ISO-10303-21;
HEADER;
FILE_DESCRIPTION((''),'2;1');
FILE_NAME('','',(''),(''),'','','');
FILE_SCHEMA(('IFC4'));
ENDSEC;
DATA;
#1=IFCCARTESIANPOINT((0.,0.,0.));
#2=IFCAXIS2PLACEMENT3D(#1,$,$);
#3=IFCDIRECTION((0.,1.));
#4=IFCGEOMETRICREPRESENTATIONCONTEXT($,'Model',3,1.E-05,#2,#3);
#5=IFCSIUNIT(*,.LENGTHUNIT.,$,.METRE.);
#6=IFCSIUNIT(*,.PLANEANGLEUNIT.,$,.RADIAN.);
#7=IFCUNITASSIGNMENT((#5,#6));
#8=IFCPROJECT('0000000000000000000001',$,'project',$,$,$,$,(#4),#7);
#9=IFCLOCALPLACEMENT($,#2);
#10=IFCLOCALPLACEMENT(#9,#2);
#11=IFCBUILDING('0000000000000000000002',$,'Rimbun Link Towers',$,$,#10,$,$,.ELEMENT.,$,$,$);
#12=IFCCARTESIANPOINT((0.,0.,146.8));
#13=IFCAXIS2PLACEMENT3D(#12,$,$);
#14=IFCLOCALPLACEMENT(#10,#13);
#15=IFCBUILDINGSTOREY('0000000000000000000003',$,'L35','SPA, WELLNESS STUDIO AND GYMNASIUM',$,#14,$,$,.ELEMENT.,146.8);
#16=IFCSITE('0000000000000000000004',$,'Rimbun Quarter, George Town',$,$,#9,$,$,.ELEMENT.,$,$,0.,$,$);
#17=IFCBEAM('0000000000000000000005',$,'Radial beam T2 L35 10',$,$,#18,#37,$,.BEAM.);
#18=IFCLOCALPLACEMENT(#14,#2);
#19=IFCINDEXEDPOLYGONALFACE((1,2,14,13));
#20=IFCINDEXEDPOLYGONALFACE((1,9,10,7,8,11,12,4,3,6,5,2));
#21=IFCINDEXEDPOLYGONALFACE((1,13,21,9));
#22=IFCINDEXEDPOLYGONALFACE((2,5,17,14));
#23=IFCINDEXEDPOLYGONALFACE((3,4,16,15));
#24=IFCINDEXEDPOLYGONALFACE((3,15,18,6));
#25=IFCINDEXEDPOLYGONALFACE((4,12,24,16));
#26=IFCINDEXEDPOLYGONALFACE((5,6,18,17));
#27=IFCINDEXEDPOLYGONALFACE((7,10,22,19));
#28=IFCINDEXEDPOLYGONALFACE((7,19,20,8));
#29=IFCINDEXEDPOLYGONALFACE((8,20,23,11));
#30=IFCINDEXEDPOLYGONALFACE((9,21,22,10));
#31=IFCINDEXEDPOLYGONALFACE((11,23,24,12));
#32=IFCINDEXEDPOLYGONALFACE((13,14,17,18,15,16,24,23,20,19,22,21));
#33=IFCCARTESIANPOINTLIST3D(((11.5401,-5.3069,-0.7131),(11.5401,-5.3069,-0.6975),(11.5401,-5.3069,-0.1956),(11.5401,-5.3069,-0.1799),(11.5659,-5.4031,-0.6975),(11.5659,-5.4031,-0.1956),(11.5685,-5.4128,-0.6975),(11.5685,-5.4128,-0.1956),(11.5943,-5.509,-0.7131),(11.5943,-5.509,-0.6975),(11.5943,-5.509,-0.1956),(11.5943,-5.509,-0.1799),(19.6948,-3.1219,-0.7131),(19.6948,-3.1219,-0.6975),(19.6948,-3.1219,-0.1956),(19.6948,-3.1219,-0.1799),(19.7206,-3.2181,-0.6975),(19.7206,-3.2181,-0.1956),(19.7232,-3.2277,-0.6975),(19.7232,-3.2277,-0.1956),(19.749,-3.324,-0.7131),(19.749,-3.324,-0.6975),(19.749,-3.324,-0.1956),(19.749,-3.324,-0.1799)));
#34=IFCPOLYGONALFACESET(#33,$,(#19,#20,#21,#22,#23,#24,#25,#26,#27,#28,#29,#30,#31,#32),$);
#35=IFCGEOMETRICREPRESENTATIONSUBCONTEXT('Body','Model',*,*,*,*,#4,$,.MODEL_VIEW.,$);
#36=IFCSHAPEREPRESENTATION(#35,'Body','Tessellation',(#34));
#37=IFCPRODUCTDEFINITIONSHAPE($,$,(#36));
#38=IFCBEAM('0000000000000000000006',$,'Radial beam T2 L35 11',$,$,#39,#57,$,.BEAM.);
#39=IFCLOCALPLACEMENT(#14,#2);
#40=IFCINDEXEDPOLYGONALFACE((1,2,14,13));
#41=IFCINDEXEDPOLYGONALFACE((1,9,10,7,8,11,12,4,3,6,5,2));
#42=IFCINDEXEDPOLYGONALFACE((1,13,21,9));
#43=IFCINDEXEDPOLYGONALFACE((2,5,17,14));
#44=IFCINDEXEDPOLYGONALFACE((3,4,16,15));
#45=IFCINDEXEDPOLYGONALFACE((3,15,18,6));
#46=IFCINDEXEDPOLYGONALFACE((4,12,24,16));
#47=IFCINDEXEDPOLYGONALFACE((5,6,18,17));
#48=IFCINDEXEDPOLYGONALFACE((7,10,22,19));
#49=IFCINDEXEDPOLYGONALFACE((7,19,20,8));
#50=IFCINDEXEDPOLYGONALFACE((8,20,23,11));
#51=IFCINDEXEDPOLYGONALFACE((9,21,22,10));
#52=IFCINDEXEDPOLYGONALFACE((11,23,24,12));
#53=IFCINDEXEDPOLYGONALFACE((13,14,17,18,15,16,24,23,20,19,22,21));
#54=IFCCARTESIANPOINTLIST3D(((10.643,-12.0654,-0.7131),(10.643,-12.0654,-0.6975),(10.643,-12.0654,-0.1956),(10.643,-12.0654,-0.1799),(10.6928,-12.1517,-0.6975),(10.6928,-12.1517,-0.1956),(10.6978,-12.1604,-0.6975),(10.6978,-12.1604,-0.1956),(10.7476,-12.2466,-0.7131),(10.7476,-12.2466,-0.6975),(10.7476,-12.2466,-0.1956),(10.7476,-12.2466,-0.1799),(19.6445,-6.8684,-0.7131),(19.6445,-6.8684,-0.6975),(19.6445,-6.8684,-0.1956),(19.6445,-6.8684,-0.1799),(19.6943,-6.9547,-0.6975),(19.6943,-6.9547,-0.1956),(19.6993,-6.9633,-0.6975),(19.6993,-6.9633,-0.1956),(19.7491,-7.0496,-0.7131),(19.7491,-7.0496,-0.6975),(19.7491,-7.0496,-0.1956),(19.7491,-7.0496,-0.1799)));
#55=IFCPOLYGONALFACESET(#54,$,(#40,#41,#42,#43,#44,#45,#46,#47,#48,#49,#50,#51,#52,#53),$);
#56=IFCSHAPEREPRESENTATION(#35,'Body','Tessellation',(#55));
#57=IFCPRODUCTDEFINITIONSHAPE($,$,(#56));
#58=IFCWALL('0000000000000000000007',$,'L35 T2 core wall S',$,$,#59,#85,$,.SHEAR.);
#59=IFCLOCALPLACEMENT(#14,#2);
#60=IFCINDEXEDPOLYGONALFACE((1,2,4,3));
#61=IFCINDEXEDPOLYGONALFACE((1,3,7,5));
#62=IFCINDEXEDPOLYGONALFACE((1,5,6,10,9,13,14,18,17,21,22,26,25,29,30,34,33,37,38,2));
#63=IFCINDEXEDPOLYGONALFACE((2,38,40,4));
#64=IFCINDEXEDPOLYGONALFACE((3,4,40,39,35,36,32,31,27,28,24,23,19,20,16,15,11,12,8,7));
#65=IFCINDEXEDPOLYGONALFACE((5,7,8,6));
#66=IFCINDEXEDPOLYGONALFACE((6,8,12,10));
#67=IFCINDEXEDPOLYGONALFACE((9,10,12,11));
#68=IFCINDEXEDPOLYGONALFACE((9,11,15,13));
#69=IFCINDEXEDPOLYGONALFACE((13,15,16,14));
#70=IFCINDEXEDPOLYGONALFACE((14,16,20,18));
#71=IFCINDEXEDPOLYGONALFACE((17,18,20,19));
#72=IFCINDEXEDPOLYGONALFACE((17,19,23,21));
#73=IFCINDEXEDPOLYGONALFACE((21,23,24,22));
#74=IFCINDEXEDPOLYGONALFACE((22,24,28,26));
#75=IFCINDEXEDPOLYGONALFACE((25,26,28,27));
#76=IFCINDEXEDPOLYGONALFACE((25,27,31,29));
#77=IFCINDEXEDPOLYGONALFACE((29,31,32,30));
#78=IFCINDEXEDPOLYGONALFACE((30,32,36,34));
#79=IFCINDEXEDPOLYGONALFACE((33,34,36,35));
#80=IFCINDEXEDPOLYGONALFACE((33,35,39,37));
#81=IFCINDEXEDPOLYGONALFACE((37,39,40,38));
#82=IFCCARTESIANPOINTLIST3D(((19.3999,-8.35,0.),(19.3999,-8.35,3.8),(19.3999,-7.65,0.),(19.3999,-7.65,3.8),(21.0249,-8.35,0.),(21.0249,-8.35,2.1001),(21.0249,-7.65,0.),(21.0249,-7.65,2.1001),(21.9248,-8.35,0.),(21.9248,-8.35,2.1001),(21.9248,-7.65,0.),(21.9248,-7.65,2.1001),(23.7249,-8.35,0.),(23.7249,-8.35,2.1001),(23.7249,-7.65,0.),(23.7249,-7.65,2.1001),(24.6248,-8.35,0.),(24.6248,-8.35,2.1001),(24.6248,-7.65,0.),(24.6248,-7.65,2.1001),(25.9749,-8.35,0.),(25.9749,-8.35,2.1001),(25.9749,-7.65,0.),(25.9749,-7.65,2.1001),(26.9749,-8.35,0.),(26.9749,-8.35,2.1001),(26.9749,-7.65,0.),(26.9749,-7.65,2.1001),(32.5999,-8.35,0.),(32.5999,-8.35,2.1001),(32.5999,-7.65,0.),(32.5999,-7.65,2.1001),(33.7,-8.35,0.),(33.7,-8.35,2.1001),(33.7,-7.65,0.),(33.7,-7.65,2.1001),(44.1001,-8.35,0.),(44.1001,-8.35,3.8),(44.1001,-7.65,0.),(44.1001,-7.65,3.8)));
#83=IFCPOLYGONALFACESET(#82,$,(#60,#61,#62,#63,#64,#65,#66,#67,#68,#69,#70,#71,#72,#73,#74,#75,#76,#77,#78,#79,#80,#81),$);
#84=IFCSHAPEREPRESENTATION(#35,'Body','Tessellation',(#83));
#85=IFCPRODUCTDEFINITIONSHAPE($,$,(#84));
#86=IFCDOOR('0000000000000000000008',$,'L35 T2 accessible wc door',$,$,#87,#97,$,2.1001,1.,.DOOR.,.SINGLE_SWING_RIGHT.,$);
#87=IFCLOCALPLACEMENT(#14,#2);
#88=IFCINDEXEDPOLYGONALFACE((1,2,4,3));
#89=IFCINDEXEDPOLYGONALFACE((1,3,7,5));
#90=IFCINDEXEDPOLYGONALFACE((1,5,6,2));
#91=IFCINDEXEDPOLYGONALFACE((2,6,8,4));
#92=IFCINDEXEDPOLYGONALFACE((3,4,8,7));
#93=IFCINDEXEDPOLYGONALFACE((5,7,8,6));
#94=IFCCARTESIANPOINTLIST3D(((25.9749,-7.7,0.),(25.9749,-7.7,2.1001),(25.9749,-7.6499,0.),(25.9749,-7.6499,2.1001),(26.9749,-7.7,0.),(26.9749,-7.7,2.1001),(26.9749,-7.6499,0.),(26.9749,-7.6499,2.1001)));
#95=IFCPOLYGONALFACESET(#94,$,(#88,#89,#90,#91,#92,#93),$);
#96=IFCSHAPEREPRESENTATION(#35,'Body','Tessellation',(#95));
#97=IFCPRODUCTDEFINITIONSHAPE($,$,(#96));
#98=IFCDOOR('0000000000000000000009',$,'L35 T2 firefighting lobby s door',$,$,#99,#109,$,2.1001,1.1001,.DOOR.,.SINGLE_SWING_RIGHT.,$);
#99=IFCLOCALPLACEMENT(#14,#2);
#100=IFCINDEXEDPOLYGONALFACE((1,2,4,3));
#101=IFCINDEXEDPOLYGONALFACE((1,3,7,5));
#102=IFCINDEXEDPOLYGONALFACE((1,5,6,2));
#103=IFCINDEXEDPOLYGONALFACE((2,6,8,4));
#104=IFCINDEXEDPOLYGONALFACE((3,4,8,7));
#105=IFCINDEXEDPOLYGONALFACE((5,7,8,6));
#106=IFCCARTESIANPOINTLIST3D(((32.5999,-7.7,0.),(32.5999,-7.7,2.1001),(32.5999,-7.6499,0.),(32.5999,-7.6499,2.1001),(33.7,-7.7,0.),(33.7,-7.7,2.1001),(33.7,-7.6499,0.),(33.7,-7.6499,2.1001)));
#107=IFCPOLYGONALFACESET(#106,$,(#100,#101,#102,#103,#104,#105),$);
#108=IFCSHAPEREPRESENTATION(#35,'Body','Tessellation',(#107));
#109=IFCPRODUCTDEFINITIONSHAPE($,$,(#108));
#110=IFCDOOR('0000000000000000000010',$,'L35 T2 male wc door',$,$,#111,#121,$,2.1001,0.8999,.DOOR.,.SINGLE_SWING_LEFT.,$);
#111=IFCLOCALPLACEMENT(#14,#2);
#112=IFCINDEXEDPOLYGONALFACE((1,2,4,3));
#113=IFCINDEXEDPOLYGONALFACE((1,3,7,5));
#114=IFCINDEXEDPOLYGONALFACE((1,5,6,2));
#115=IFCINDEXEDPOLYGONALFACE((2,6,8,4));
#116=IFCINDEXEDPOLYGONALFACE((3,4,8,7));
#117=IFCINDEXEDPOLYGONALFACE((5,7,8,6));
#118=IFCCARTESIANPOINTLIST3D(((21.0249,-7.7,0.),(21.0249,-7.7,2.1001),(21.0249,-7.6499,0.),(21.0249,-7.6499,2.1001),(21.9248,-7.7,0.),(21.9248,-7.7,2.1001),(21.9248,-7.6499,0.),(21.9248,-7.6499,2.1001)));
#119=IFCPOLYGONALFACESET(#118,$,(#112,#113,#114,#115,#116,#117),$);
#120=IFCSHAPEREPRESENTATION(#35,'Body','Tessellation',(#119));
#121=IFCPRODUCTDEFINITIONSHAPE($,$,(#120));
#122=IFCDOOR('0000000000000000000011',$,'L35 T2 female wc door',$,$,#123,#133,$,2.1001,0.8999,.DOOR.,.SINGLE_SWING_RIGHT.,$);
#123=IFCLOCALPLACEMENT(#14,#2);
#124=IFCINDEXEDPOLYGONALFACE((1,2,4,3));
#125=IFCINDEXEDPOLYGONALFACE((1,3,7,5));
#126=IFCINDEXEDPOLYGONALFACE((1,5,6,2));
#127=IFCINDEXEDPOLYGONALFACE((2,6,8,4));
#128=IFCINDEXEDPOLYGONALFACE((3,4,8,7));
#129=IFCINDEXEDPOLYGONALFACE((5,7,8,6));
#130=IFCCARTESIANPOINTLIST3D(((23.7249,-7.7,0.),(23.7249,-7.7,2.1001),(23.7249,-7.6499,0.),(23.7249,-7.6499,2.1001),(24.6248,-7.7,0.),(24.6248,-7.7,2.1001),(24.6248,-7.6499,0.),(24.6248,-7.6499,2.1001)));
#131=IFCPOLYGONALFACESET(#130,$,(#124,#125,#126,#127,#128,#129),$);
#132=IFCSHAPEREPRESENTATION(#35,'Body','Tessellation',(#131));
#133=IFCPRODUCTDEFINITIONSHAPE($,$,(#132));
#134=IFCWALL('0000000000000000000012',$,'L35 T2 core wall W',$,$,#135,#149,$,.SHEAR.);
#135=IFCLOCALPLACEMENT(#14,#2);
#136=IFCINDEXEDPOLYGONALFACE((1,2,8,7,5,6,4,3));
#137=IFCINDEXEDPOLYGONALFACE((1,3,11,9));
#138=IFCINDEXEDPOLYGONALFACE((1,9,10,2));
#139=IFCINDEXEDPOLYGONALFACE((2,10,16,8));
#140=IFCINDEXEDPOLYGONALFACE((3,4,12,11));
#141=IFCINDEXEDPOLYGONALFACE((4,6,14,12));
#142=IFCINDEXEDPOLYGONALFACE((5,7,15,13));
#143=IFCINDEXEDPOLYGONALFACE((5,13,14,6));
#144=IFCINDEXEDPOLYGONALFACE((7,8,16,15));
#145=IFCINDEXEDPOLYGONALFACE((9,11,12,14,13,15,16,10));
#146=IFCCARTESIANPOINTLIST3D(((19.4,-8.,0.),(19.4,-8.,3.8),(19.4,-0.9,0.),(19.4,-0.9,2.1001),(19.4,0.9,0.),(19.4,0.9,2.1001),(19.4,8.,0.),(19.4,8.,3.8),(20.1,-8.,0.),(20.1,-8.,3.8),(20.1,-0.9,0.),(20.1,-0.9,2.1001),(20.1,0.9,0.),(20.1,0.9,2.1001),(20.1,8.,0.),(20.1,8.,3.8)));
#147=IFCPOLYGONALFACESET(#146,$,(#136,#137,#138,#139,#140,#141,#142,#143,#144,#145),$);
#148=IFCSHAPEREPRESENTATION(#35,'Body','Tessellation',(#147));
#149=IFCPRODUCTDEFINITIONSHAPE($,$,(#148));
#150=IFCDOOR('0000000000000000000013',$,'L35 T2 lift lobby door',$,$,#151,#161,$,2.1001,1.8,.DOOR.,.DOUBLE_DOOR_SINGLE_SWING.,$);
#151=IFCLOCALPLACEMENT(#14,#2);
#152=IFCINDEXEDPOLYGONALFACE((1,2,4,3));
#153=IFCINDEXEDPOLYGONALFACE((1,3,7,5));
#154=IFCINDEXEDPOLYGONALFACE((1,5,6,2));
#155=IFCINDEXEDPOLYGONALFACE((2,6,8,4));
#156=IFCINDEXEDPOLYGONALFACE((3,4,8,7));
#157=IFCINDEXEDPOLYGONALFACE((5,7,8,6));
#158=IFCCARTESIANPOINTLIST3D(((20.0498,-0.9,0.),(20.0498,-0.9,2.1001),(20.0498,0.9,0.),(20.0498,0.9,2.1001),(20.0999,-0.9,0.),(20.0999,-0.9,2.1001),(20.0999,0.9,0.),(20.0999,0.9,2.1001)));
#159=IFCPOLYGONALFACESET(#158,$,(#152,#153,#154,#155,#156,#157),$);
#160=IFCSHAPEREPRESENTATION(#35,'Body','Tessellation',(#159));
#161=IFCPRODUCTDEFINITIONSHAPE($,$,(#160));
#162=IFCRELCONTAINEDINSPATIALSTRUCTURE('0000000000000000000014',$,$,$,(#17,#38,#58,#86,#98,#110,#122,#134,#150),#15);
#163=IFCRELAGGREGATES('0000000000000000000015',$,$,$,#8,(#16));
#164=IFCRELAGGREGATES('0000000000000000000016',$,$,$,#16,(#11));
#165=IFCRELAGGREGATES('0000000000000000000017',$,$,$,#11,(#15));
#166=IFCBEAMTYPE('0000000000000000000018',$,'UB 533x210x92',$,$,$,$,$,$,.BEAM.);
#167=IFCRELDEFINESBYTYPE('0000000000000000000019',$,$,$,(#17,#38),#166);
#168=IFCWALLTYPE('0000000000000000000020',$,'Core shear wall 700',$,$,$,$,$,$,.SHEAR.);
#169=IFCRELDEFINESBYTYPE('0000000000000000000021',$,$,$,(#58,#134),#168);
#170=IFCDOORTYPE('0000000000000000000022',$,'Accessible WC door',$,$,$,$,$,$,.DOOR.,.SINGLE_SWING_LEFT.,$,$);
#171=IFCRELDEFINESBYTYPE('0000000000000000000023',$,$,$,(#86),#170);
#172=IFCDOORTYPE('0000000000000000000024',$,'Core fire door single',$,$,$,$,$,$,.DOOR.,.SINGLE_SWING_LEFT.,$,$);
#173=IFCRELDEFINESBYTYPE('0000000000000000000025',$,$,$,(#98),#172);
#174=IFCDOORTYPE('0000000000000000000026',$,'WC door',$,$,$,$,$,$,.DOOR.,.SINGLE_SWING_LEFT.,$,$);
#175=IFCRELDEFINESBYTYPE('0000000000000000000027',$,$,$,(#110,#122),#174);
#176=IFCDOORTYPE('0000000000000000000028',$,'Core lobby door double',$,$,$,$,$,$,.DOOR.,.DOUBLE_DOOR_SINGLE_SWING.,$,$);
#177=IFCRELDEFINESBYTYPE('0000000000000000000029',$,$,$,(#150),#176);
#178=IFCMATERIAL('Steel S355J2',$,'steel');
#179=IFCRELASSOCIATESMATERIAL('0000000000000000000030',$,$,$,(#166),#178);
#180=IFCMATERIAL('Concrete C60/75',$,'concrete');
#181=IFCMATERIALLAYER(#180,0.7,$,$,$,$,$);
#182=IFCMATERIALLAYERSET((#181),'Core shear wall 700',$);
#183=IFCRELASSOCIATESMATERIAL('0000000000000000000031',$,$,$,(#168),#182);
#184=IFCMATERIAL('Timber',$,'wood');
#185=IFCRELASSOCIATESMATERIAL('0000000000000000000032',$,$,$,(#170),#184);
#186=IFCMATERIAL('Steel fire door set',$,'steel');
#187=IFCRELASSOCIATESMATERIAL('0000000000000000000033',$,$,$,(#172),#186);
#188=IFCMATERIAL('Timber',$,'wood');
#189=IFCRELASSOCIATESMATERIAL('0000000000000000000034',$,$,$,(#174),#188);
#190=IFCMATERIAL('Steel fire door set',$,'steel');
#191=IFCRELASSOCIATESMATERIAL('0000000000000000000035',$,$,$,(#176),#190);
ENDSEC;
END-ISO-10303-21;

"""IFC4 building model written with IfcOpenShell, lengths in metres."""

from ifc_helpers import new_model, si_unit, direction, frame, frame_2d, origin, origin_2d, place, context, subcontext, project, spatial, rectangle, i_section, extrude, material, layer, layer_set, material_profile, profile_set, type_object, element, fill, save


model = new_model("IFC4")

# Units and contexts
model_context = context("Model", 3, precision=1e-05, world=origin(), true_north=direction((0.0, 1.0)))
body_context = subcontext(model_context, "Body", "Model", "MODEL_VIEW")
ifc_project = project(units=[si_unit("LENGTHUNIT", "METRE"), si_unit("PLANEANGLEUNIT", "RADIAN")], contexts=[model_context])

# Site, building, storey
site_placement = place(None, origin())
site = spatial("IfcSite", under=ifc_project, at=site_placement, Name="Rimbun Quarter, George Town", CompositionType="ELEMENT", RefElevation=0.0)
building_placement = place(site_placement, origin())
building = spatial("IfcBuilding", under=site, at=building_placement, Name="Rimbun Link Towers", CompositionType="ELEMENT")
storey_placement = place(building_placement, frame((0.0, 0.0, 146.8)))
storey = spatial("IfcBuildingStorey", under=building, at=storey_placement, Name="L35", Description="SPA, WELLNESS STUDIO AND GYMNASIUM", CompositionType="ELEMENT", Elevation=146.8)

# Beams
ifc_material_1 = material(Name="Steel S355J2", Category="steel")
ifc_material_profile = material_profile(ifc_material_1, i_section(OverallWidth=0.2092, OverallDepth=0.5332, WebThickness=0.01, FlangeThickness=0.0156, at=origin_2d()), Name="UB 533x210x92")
ifc_profile_set = profile_set([ifc_material_profile], Name="Steel S355J2")
beam_type = type_object("IfcBeamType", Name="UB 533x210x92", PredefinedType="BEAM", material=ifc_profile_set)
beam_1_placement = place(storey_placement, frame((19.7219, -3.2229, -0.4465), z_axis=(-0.965926, -0.258818, 0.0), x_axis=(0.258818, -0.965926, 0.0)))
element("IfcBeam", 1, at=beam_1_placement, inside=storey, type_object=beam_type, Name="Radial beam T2 L35 10", PredefinedType="BEAM", context=body_context, shape_type="SweptSolid", body=[
    extrude(i_section(OverallWidth=0.2092, OverallDepth=0.5332, WebThickness=0.01, FlangeThickness=0.0156, at=origin_2d()), origin(), (0.0, 0.0, 1.0), 8.4424),
])
beam_2_placement = place(storey_placement, frame((19.6968, -6.959, -0.4465), z_axis=(-0.866024, -0.500002, 0.0), x_axis=(0.500002, -0.866024, 0.0)))
element("IfcBeam", 2, at=beam_2_placement, inside=storey, type_object=beam_type, Name="Radial beam T2 L35 11", PredefinedType="BEAM", context=body_context, shape_type="SweptSolid", body=[
    extrude(i_section(OverallWidth=0.2092, OverallDepth=0.5332, WebThickness=0.01, FlangeThickness=0.0156, at=origin_2d()), origin(), (0.0, 0.0, 1.0), 10.394),
])

# Wall, openings, doors
ifc_material_2 = material(Name="Concrete C60/75", Category="concrete")
ifc_layer_1 = layer(ifc_material_2, 0.7)
ifc_layer_set_1 = layer_set([ifc_layer_1], Name="Core shear wall 700")
wall_type_1 = type_object("IfcWallType", Name="Core shear wall 700", PredefinedType="SHEAR", material=ifc_layer_set_1)
wall_1_placement = place(storey_placement, frame((19.3999, -8.0, 0.0), z_axis=(0.0, 0.0, 1.0), x_axis=(1.0, 0.0, 0.0)))
wall_1 = element("IfcWall", 3, at=wall_1_placement, inside=storey, type_object=wall_type_1, Name="L35 T2 core wall S", PredefinedType="SHEAR", context=body_context, shape_type="SweptSolid", body=[
    extrude(rectangle(XDim=24.7002, YDim=0.7, at=frame_2d((12.3501, 0.0))), origin(), (0.0, 0.0, 1.0), 3.8),
])
opening_1_placement = place(wall_1_placement, frame((13.2, 0.0, 0.0)))
opening_1 = element("IfcOpeningElement", 4, at=opening_1_placement, cuts=wall_1, PredefinedType="OPENING", context=body_context, shape_type="SweptSolid", body=[
    extrude(rectangle(XDim=1.1001, YDim=2.1001, at=frame_2d((0.55, 1.05))), frame((0.0, 0.3599, 0.0), z_axis=(0.0, -1.0, 0.0), x_axis=(1.0, 0.0, 0.0)), (0.0, 0.0, 1.0), 0.72),
])
opening_2_placement = place(wall_1_placement, frame((1.625, 0.0, 0.0)))
opening_2 = element("IfcOpeningElement", 5, at=opening_2_placement, cuts=wall_1, PredefinedType="OPENING", context=body_context, shape_type="SweptSolid", body=[
    extrude(rectangle(XDim=0.8999, YDim=2.1001, at=frame_2d((0.45, 1.05))), frame((0.0, 0.3599, 0.0), z_axis=(0.0, -1.0, 0.0), x_axis=(1.0, 0.0, 0.0)), (0.0, 0.0, 1.0), 0.72),
])
opening_3_placement = place(wall_1_placement, frame((4.325, 0.0, 0.0)))
opening_3 = element("IfcOpeningElement", 6, at=opening_3_placement, cuts=wall_1, PredefinedType="OPENING", context=body_context, shape_type="SweptSolid", body=[
    extrude(rectangle(XDim=0.8999, YDim=2.1001, at=frame_2d((0.45, 1.05))), frame((0.0, 0.3599, 0.0), z_axis=(0.0, -1.0, 0.0), x_axis=(1.0, 0.0, 0.0)), (0.0, 0.0, 1.0), 0.72),
])
opening_4_placement = place(wall_1_placement, frame((6.575, 0.0, 0.0)))
opening_4 = element("IfcOpeningElement", 7, at=opening_4_placement, cuts=wall_1, PredefinedType="OPENING", context=body_context, shape_type="SweptSolid", body=[
    extrude(rectangle(XDim=1.0, YDim=2.1001, at=frame_2d((0.5, 1.05))), frame((0.0, 0.3599, 0.0), z_axis=(0.0, -1.0, 0.0), x_axis=(1.0, 0.0, 0.0)), (0.0, 0.0, 1.0), 0.72),
])
ifc_material_3 = material(Name="Timber", Category="wood")
door_type_1 = type_object("IfcDoorType", Name="Accessible WC door", OperationType="SINGLE_SWING_LEFT", PredefinedType="DOOR", material=ifc_material_3)
door_1_placement = place(opening_4_placement, origin())
door_1 = element("IfcDoor", 8, at=door_1_placement, inside=storey, type_object=door_type_1, Name="L35 T2 accessible wc door", OperationType="SINGLE_SWING_RIGHT", OverallHeight=2.1001, OverallWidth=1.0, PredefinedType="DOOR", context=body_context, shape_type="SweptSolid", body=[
    extrude(rectangle(XDim=1.0, YDim=2.1001, at=frame_2d((0.5, 1.05))), frame((0.0, 0.3501, 0.0), z_axis=(0.0, -1.0, 0.0), x_axis=(1.0, 0.0, 0.0)), (0.0, 0.0, 1.0), 0.05),
])
fill(opening_4, door_1)
ifc_material_4 = material(Name="Steel fire door set", Category="steel")
door_type_2 = type_object("IfcDoorType", Name="Core fire door single", OperationType="SINGLE_SWING_LEFT", PredefinedType="DOOR", material=ifc_material_4)
door_2_placement = place(opening_1_placement, origin())
door_2 = element("IfcDoor", 9, at=door_2_placement, inside=storey, type_object=door_type_2, Name="L35 T2 firefighting lobby s door", OperationType="SINGLE_SWING_RIGHT", OverallHeight=2.1001, OverallWidth=1.1001, PredefinedType="DOOR", context=body_context, shape_type="SweptSolid", body=[
    extrude(rectangle(XDim=1.1001, YDim=2.1001, at=frame_2d((0.55, 1.05))), frame((0.0, 0.3501, 0.0), z_axis=(0.0, -1.0, 0.0), x_axis=(1.0, 0.0, 0.0)), (0.0, 0.0, 1.0), 0.05),
])
fill(opening_1, door_2)
ifc_material_5 = material(Name="Timber", Category="wood")
door_type_3 = type_object("IfcDoorType", Name="WC door", OperationType="SINGLE_SWING_LEFT", PredefinedType="DOOR", material=ifc_material_5)
door_3_placement = place(opening_2_placement, origin())
door_3 = element("IfcDoor", 10, at=door_3_placement, inside=storey, type_object=door_type_3, Name="L35 T2 male wc door", OperationType="SINGLE_SWING_LEFT", OverallHeight=2.1001, OverallWidth=0.8999, PredefinedType="DOOR", context=body_context, shape_type="SweptSolid", body=[
    extrude(rectangle(XDim=0.8999, YDim=2.1001, at=frame_2d((0.45, 1.05))), frame((0.0, 0.3501, 0.0), z_axis=(0.0, -1.0, 0.0), x_axis=(1.0, 0.0, 0.0)), (0.0, 0.0, 1.0), 0.05),
])
fill(opening_2, door_3)
door_4_placement = place(opening_3_placement, origin())
door_4 = element("IfcDoor", 11, at=door_4_placement, inside=storey, type_object=door_type_3, Name="L35 T2 female wc door", OperationType="SINGLE_SWING_RIGHT", OverallHeight=2.1001, OverallWidth=0.8999, PredefinedType="DOOR", context=body_context, shape_type="SweptSolid", body=[
    extrude(rectangle(XDim=0.8999, YDim=2.1001, at=frame_2d((0.45, 1.05))), frame((0.0, 0.3501, 0.0), z_axis=(0.0, -1.0, 0.0), x_axis=(1.0, 0.0, 0.0)), (0.0, 0.0, 1.0), 0.05),
])
fill(opening_3, door_4)

# Wall, opening, door
wall_2_placement = place(storey_placement, frame((19.75, -8.0, 0.0), z_axis=(0.0, 0.0, 1.0), x_axis=(0.0, 1.0, 0.0)))
wall_2 = element("IfcWall", 12, at=wall_2_placement, inside=storey, type_object=wall_type_1, Name="L35 T2 core wall W", PredefinedType="SHEAR", context=body_context, shape_type="SweptSolid", body=[
    extrude(rectangle(XDim=16.0, YDim=0.7, at=frame_2d((8.0, 0.0))), origin(), (0.0, 0.0, 1.0), 3.8),
])
opening_5_placement = place(wall_2_placement, frame((7.1001, 0.0, 0.0)))
opening_5 = element("IfcOpeningElement", 13, at=opening_5_placement, cuts=wall_2, PredefinedType="OPENING", context=body_context, shape_type="SweptSolid", body=[
    extrude(rectangle(XDim=1.8, YDim=2.1001, at=frame_2d((0.8999, 1.05))), frame((0.0, 0.3599, 0.0), z_axis=(0.0, -1.0, 0.0), x_axis=(1.0, 0.0, 0.0)), (0.0, 0.0, 1.0), 0.72),
])
ifc_material_6 = material(Name="Steel fire door set", Category="steel")
door_type_4 = type_object("IfcDoorType", Name="Core lobby door double", OperationType="DOUBLE_DOOR_SINGLE_SWING", PredefinedType="DOOR", material=ifc_material_6)
door_5_placement = place(opening_5_placement, origin())
door_5 = element("IfcDoor", 14, at=door_5_placement, inside=storey, type_object=door_type_4, Name="L35 T2 lift lobby door", OperationType="DOUBLE_DOOR_SINGLE_SWING", OverallHeight=2.1001, OverallWidth=1.8, PredefinedType="DOOR", context=body_context, shape_type="SweptSolid", body=[
    extrude(rectangle(XDim=1.8, YDim=2.1001, at=frame_2d((0.8999, 1.05))), frame((0.0, -0.2998, 0.0), z_axis=(0.0, -1.0, 0.0), x_axis=(1.0, 0.0, 0.0)), (0.0, 0.0, 1.0), 0.05),
])
fill(opening_5, door_5)

save(model, "model.ifc")
